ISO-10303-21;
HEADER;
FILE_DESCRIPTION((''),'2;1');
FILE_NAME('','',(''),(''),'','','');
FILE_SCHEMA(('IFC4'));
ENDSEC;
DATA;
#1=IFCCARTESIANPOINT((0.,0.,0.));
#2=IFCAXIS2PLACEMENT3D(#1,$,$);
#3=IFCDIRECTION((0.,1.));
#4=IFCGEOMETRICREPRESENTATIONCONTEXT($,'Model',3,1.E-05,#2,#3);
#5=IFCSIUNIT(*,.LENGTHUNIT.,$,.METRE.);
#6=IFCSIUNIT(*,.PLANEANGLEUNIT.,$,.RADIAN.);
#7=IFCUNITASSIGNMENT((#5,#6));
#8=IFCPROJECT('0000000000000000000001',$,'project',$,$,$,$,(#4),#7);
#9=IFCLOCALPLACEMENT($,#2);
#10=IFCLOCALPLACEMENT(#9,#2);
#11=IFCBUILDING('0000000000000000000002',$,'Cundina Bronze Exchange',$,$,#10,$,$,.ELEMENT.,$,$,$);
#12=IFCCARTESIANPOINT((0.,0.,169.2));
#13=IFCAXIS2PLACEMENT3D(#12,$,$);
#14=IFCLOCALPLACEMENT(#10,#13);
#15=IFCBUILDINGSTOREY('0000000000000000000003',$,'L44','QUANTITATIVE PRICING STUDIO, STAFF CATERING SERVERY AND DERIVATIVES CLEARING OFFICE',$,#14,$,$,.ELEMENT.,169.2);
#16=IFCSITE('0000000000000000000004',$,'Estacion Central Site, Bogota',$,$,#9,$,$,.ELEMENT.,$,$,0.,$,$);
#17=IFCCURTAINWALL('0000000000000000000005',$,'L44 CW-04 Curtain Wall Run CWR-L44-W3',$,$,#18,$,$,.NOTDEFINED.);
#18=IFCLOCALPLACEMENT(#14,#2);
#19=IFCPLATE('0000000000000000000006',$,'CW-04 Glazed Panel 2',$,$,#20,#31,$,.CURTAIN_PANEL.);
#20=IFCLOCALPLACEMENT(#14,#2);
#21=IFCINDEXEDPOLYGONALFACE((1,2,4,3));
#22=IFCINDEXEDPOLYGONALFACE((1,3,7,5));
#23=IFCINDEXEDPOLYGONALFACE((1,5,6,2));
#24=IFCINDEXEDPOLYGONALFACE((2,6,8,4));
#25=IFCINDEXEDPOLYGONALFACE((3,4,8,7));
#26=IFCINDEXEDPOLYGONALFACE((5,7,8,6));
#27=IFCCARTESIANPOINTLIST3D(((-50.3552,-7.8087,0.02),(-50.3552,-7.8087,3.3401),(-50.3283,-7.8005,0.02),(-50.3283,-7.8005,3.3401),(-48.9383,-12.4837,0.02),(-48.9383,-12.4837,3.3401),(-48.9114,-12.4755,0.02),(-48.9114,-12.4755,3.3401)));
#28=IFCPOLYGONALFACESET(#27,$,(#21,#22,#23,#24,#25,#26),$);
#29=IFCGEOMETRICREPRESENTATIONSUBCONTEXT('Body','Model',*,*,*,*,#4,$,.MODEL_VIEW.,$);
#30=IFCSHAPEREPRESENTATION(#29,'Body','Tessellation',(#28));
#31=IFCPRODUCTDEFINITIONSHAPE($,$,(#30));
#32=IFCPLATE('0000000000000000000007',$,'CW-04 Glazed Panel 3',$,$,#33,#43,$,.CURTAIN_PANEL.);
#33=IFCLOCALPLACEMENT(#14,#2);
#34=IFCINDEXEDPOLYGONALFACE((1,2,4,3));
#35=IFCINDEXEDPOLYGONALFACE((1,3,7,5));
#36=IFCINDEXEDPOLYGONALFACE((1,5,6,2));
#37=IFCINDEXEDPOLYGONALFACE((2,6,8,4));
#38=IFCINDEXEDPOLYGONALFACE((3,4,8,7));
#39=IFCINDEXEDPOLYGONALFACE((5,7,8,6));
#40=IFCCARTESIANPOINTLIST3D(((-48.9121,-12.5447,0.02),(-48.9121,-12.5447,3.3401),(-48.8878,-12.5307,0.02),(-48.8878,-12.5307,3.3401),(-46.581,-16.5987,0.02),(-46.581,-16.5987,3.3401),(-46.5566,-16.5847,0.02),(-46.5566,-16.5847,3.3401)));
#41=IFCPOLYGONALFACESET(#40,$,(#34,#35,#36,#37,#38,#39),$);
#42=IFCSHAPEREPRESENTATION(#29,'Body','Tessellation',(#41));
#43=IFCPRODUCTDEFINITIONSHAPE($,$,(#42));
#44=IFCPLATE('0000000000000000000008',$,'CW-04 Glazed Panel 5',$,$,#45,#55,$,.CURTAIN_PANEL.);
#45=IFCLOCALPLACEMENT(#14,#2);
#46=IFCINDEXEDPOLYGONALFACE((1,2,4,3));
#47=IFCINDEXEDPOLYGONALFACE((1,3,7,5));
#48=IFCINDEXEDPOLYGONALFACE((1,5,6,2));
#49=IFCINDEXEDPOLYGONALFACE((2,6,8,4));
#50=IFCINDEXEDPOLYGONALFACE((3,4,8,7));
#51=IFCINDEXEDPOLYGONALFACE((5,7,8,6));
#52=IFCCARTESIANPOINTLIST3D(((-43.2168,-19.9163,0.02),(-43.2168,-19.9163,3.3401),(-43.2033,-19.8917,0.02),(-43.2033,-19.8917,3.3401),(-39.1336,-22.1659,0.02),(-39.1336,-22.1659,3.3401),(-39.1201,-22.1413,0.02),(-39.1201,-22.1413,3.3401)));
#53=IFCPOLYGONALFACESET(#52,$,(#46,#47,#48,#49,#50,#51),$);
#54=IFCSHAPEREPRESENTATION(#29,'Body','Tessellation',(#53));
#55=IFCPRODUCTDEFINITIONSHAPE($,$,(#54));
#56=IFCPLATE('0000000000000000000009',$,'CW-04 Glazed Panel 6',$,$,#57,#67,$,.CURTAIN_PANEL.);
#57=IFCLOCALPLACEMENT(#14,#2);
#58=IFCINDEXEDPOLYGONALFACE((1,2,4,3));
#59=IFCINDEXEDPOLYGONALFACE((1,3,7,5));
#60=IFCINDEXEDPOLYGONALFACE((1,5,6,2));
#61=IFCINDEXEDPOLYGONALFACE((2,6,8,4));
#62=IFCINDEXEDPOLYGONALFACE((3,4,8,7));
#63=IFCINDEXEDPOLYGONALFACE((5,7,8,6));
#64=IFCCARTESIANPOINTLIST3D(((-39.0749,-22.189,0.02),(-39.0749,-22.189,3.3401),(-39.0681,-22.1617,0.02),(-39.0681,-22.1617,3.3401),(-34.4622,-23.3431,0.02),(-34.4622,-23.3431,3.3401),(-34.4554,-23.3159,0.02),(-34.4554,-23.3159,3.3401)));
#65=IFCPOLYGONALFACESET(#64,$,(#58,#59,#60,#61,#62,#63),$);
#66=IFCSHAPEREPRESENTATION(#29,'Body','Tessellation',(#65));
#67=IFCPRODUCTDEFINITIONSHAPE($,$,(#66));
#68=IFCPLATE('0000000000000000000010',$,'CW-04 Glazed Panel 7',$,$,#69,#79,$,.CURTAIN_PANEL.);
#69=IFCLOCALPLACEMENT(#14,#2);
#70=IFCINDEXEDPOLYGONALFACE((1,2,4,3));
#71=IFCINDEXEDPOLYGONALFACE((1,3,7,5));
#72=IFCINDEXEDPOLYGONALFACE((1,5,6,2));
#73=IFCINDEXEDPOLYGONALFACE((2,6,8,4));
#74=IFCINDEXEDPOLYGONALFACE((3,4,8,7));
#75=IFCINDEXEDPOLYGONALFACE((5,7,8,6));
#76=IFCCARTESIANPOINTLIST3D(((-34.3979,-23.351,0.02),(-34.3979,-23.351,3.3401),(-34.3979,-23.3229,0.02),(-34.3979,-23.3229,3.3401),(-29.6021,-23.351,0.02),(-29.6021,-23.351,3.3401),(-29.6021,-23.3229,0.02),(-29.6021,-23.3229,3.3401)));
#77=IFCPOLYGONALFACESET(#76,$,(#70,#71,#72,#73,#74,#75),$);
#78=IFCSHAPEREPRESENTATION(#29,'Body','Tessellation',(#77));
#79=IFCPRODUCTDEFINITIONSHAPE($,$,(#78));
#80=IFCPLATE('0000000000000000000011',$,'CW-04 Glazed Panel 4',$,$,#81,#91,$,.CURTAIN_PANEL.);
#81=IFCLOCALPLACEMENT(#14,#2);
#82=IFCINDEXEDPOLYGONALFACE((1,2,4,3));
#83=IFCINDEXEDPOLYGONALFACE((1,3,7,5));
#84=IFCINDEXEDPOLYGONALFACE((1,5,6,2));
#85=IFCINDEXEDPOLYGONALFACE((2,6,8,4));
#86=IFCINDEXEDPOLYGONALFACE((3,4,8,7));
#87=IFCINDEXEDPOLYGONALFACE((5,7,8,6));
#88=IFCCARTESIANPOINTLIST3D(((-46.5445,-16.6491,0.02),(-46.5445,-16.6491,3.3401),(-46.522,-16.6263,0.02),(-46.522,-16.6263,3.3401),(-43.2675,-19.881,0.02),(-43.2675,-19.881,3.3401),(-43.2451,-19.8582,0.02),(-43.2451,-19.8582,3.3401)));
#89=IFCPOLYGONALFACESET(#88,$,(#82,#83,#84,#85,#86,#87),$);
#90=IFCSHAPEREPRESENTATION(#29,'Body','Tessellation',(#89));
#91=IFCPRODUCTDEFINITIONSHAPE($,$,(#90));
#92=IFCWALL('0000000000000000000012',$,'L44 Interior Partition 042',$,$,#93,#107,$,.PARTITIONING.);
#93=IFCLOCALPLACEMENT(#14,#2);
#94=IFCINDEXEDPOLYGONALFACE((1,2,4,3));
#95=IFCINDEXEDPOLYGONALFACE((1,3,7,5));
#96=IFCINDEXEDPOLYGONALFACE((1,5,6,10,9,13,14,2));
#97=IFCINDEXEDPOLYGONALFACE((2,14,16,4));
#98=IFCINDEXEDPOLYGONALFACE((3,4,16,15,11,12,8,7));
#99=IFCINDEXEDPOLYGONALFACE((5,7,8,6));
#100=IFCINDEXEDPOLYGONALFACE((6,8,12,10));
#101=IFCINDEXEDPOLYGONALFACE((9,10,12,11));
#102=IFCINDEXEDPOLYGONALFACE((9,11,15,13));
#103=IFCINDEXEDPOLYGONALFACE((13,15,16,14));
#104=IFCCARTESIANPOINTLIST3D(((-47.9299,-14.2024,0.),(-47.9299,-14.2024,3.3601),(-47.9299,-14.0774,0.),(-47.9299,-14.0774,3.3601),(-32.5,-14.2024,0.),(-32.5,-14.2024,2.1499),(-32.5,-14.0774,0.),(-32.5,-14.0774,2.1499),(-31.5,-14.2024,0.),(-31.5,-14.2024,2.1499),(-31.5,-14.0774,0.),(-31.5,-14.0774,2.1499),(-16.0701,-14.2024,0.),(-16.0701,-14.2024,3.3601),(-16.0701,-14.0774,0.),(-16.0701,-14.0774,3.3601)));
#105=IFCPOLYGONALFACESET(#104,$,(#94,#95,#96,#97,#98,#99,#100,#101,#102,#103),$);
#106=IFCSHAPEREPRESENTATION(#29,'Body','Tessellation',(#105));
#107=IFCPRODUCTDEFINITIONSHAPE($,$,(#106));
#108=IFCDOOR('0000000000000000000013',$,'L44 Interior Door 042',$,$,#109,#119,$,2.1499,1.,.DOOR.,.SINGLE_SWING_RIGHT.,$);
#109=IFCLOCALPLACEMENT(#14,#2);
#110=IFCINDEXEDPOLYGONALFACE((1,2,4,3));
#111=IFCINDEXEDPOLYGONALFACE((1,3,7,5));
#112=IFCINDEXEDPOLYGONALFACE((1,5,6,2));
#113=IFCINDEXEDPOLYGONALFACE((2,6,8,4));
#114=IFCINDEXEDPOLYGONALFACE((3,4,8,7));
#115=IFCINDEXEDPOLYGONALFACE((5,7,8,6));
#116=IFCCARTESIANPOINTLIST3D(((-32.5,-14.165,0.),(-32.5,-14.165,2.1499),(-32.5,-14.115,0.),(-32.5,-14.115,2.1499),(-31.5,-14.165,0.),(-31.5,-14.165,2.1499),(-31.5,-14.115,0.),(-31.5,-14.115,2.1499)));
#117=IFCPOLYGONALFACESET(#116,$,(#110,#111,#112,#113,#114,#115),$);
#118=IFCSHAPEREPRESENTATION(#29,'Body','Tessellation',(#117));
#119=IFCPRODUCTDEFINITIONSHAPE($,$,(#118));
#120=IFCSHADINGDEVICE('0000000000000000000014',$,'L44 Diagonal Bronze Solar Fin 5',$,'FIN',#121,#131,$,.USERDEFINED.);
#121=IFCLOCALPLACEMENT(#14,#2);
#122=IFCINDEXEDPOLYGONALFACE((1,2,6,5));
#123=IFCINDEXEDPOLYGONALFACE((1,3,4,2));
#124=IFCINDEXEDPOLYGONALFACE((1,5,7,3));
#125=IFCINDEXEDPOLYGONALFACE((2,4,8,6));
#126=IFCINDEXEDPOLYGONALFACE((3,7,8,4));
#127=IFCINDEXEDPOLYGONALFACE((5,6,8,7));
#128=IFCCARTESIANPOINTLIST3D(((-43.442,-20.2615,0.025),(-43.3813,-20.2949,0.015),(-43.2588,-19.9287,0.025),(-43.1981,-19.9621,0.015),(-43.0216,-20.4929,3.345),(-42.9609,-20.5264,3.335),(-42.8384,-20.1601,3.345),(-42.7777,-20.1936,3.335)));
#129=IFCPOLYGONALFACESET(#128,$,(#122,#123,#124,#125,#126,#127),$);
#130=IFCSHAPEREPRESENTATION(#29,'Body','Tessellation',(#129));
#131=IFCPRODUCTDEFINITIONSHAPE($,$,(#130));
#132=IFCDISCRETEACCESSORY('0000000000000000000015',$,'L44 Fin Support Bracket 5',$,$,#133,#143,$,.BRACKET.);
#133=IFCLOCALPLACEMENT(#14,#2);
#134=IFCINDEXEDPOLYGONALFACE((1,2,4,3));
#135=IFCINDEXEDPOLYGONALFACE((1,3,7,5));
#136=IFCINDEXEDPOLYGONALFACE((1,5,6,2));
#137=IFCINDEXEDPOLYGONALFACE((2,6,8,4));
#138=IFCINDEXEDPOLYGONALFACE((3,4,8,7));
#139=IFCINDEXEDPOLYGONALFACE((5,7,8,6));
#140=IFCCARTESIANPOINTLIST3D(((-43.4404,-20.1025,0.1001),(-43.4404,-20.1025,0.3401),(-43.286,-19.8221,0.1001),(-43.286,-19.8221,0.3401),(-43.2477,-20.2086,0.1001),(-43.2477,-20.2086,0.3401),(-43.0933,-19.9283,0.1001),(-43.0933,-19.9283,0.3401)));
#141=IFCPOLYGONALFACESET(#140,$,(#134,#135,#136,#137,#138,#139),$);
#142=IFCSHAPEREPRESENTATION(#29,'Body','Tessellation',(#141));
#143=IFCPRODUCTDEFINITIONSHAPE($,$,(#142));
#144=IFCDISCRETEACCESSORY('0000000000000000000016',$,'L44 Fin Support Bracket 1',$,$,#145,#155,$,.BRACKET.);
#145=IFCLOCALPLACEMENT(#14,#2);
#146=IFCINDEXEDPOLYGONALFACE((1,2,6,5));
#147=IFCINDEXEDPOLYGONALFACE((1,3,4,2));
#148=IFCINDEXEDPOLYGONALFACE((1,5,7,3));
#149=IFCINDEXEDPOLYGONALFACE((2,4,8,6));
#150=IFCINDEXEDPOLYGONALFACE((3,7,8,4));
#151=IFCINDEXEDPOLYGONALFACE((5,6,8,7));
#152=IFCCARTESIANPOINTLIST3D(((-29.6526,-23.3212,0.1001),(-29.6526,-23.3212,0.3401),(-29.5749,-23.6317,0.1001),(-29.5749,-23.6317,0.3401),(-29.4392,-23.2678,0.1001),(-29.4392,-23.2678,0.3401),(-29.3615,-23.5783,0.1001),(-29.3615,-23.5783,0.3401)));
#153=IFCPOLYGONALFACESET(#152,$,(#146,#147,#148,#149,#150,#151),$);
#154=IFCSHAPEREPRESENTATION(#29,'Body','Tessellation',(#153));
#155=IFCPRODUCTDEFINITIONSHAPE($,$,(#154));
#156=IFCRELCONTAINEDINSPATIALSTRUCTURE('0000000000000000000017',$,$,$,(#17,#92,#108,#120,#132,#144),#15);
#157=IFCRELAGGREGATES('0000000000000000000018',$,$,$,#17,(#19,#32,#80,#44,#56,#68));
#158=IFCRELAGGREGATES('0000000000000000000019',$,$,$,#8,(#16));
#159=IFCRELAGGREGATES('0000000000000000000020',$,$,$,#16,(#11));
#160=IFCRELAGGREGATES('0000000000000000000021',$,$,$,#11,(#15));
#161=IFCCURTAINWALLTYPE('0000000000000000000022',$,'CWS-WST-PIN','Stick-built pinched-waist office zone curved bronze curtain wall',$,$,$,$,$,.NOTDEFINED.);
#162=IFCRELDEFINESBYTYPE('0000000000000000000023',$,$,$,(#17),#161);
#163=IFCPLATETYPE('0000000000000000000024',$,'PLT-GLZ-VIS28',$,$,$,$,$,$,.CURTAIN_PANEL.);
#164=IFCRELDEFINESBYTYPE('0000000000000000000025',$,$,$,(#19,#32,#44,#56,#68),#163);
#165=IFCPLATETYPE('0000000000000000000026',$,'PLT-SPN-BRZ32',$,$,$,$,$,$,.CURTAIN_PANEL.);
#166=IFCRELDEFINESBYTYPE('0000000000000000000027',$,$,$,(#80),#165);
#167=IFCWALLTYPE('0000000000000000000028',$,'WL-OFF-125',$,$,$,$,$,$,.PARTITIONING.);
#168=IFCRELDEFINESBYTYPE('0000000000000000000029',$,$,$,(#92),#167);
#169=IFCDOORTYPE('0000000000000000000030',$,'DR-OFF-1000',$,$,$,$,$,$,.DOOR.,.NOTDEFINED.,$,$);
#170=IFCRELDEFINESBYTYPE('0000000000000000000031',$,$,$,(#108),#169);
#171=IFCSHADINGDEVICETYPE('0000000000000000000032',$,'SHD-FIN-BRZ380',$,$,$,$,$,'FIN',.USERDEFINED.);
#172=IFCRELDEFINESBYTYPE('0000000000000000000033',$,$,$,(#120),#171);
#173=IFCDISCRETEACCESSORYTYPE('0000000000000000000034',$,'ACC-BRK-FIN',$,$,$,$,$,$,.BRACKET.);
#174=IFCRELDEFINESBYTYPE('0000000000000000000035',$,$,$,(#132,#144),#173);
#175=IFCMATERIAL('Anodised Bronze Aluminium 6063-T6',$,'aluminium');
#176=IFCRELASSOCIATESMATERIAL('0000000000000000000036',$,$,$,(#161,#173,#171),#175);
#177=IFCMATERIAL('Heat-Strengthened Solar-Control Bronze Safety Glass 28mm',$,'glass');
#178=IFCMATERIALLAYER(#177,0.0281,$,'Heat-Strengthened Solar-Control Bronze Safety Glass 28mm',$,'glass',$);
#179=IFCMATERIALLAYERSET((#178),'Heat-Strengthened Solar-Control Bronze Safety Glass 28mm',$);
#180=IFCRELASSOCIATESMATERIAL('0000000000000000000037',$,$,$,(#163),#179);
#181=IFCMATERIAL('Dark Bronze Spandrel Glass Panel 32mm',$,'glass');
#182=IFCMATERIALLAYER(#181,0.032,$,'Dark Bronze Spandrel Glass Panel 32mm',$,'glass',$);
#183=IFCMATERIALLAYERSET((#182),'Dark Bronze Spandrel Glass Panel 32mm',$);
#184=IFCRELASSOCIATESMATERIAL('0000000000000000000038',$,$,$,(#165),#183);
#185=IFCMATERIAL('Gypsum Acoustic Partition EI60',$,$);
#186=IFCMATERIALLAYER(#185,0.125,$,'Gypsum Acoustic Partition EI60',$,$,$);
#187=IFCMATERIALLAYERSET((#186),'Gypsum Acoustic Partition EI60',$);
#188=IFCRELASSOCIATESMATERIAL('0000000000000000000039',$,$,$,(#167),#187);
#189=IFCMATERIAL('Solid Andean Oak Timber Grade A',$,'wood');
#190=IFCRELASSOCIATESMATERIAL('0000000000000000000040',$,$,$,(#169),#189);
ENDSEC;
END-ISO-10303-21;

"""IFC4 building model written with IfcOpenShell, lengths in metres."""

from ifc_helpers import new_model, si_unit, direction, frame, frame_2d, origin, origin_2d, place, context, subcontext, project, spatial, rectangle, extrude, material, layer, layer_set, material_profile, profile_set, type_object, element, fill, aggregate, save


model = new_model("IFC4")

# Units and contexts
model_context = context("Model", 3, precision=1e-05, world=origin(), true_north=direction((0.0, 1.0)))
body_context = subcontext(model_context, "Body", "Model", "MODEL_VIEW")
ifc_project = project(units=[si_unit("LENGTHUNIT", "METRE"), si_unit("PLANEANGLEUNIT", "RADIAN")], contexts=[model_context])

# Site, building, storey
site_placement = place(None, origin())
site = spatial("IfcSite", under=ifc_project, at=site_placement, Name="Estacion Central Site, Bogota", CompositionType="ELEMENT", RefElevation=0.0)
building_placement = place(site_placement, origin())
building = spatial("IfcBuilding", under=site, at=building_placement, Name="Cundina Bronze Exchange", CompositionType="ELEMENT")
storey_placement = place(building_placement, frame((0.0, 0.0, 169.2)))
storey = spatial("IfcBuildingStorey", under=building, at=storey_placement, Name="L44", Description="QUANTITATIVE PRICING STUDIO, STAFF CATERING SERVERY AND DERIVATIVES CLEARING OFFICE", CompositionType="ELEMENT", Elevation=169.2)

# Curtain wall
ifc_material_1 = material(Name="Anodised Bronze Aluminium 6063-T6", Category="aluminium")
curtain_wall_type = type_object("IfcCurtainWallType", Name="CWS-WST-PIN", Description="Stick-built pinched-waist office zone curved bronze curtain wall", PredefinedType="NOTDEFINED", material=ifc_material_1)
curtain_wall_1_placement = place(storey_placement, origin())
curtain_wall_1 = element("IfcCurtainWall", 1, at=curtain_wall_1_placement, inside=storey, type_object=curtain_wall_type, Name="L44 CW-04 Curtain Wall Run CWR-L44-W3", PredefinedType="NOTDEFINED")

# Plates
ifc_material_2 = material(Name="Heat-Strengthened Solar-Control Bronze Safety Glass 28mm", Category="glass")
ifc_layer_1 = layer(ifc_material_2, 0.0281, Name="Heat-Strengthened Solar-Control Bronze Safety Glass 28mm", Category="glass")
ifc_layer_set_1 = layer_set([ifc_layer_1], Name="Heat-Strengthened Solar-Control Bronze Safety Glass 28mm")
plate_type_1 = type_object("IfcPlateType", Name="PLT-GLZ-VIS28", PredefinedType="CURTAIN_PANEL", material=ifc_layer_set_1)
plate_1_placement = place(storey_placement, frame((-49.6333, -10.1421, 0.02), z_axis=(0.0, 0.0, 1.0), x_axis=(0.290051, -0.957011, 0.0)))
plate_1 = element("IfcPlate", 2, at=plate_1_placement, type_object=plate_type_1, Name="CW-04 Glazed Panel 2", PredefinedType="CURTAIN_PANEL", context=body_context, shape_type="SweptSolid", body=[
    extrude(rectangle(XDim=4.885, YDim=0.0281, at=origin_2d()), origin(), (0.0, 0.0, 1.0), 3.3201),
])
plate_2_placement = place(storey_placement, frame((-47.7344, -14.5647, 0.02), z_axis=(0.0, 0.0, 1.0), x_axis=(0.498488, -0.866897, 0.0)))
plate_2 = element("IfcPlate", 3, at=plate_2_placement, type_object=plate_type_1, Name="CW-04 Glazed Panel 3", PredefinedType="CURTAIN_PANEL", context=body_context, shape_type="SweptSolid", body=[
    extrude(rectangle(XDim=4.6765, YDim=0.0281, at=origin_2d()), origin(), (0.0, 0.0, 1.0), 3.3201),
])
plate_3_placement = place(storey_placement, frame((-41.1685, -21.0288, 0.02), z_axis=(0.0, 0.0, 1.0), x_axis=(0.875869, -0.482549, 0.0)))
plate_3 = element("IfcPlate", 4, at=plate_3_placement, type_object=plate_type_1, Name="CW-04 Glazed Panel 5", PredefinedType="CURTAIN_PANEL", context=body_context, shape_type="SweptSolid", body=[
    extrude(rectangle(XDim=4.6619, YDim=0.0281, at=origin_2d()), origin(), (0.0, 0.0, 1.0), 3.3201),
])
plate_4_placement = place(storey_placement, frame((-36.7651, -22.7524, 0.02), z_axis=(0.0, 0.0, 1.0), x_axis=(0.970093, -0.242735, 0.0)))
plate_4 = element("IfcPlate", 5, at=plate_4_placement, type_object=plate_type_1, Name="CW-04 Glazed Panel 6", PredefinedType="CURTAIN_PANEL", context=body_context, shape_type="SweptSolid", body=[
    extrude(rectangle(XDim=4.7549, YDim=0.0281, at=origin_2d()), origin(), (0.0, 0.0, 1.0), 3.3201),
])
plate_5_placement = place(storey_placement, frame((-32.0, -23.3369, 0.02), z_axis=(0.0, 0.0, 1.0), x_axis=(1.0, 0.0, 0.0)))
plate_5 = element("IfcPlate", 6, at=plate_5_placement, type_object=plate_type_1, Name="CW-04 Glazed Panel 7", PredefinedType="CURTAIN_PANEL", context=body_context, shape_type="SweptSolid", body=[
    extrude(rectangle(XDim=4.7959, YDim=0.0281, at=origin_2d()), origin(), (0.0, 0.0, 1.0), 3.3201),
])
ifc_material_3 = material(Name="Dark Bronze Spandrel Glass Panel 32mm", Category="glass")
ifc_layer_2 = layer(ifc_material_3, 0.032, Name="Dark Bronze Spandrel Glass Panel 32mm", Category="glass")
ifc_layer_set_2 = layer_set([ifc_layer_2], Name="Dark Bronze Spandrel Glass Panel 32mm")
plate_type_2 = type_object("IfcPlateType", Name="PLT-SPN-BRZ32", PredefinedType="CURTAIN_PANEL", material=ifc_layer_set_2)
plate_6_placement = place(storey_placement, frame((-44.8948, -18.2537, 0.02), z_axis=(0.0, 0.0, 1.0), x_axis=(0.711989, -0.70219, 0.0)))
plate_6 = element("IfcPlate", 7, at=plate_6_placement, type_object=plate_type_2, Name="CW-04 Glazed Panel 4", PredefinedType="CURTAIN_PANEL", context=body_context, shape_type="SweptSolid", body=[
    extrude(rectangle(XDim=4.6025, YDim=0.032, at=origin_2d()), origin(), (0.0, 0.0, 1.0), 3.3201),
])
aggregate(curtain_wall_1, [plate_1, plate_2, plate_6, plate_3, plate_4, plate_5])

# Wall, opening, door
ifc_material_4 = material(Name="Gypsum Acoustic Partition EI60")
ifc_layer_3 = layer(ifc_material_4, 0.125, Name="Gypsum Acoustic Partition EI60")
ifc_layer_set_3 = layer_set([ifc_layer_3], Name="Gypsum Acoustic Partition EI60")
wall_type = type_object("IfcWallType", Name="WL-OFF-125", PredefinedType="PARTITIONING", material=ifc_layer_set_3)
wall_placement = place(storey_placement, frame((-47.9299, -14.1399, 0.0), z_axis=(0.0, 0.0, 1.0), x_axis=(1.0, 0.0, 0.0)))
wall = element("IfcWall", 8, at=wall_placement, inside=storey, type_object=wall_type, Name="L44 Interior Partition 042", PredefinedType="PARTITIONING", context=body_context, shape_type="SweptSolid", body=[
    extrude(rectangle(XDim=31.8599, YDim=0.125, at=frame_2d((15.9299, 0.0))), origin(), (0.0, 0.0, 1.0), 3.3601),
])
opening_placement = place(wall_placement, frame((15.4299, 0.0, 0.0)))
opening = element("IfcOpeningElement", 9, at=opening_placement, cuts=wall, PredefinedType="OPENING", context=body_context, shape_type="SweptSolid", body=[
    extrude(rectangle(XDim=1.0, YDim=2.1499, at=frame_2d((0.5, 1.075))), frame((0.0, 0.0725, 0.0), z_axis=(0.0, -1.0, 0.0), x_axis=(1.0, 0.0, 0.0)), (0.0, 0.0, 1.0), 0.145),
])
ifc_material_5 = material(Name="Solid Andean Oak Timber Grade A", Category="wood")
door_type = type_object("IfcDoorType", Name="DR-OFF-1000", OperationType="NOTDEFINED", PredefinedType="DOOR", material=ifc_material_5)
door_placement = place(opening_placement, origin())
door = element("IfcDoor", 10, at=door_placement, inside=storey, type_object=door_type, Name="L44 Interior Door 042", OperationType="SINGLE_SWING_RIGHT", OverallHeight=2.1499, OverallWidth=1.0, PredefinedType="DOOR", context=body_context, shape_type="SweptSolid", body=[
    extrude(rectangle(XDim=1.0, YDim=2.1499, at=frame_2d((0.5, 1.075))), frame((0.0, 0.0249, 0.0), z_axis=(0.0, -1.0, 0.0), x_axis=(1.0, 0.0, 0.0)), (0.0, 0.0, 1.0), 0.05),
])
fill(opening, door)

# Shading device
ifc_material_profile_1 = material_profile(ifc_material_1, rectangle(XDim=0.0701, YDim=0.3799, at=origin_2d()), Name="FIN70X380", Category="aluminium")
ifc_profile_set_1 = profile_set([ifc_material_profile_1], Name="Anodised Bronze Aluminium 6063-T6")
shading_device_type = type_object("IfcShadingDeviceType", Name="SHD-FIN-BRZ380", ElementType="FIN", PredefinedType="USERDEFINED", material=ifc_profile_set_1)
shading_device_placement = place(storey_placement, frame((-43.3201, -20.1118, 0.02), z_axis=(0.125324, -0.068994, 0.989714), x_axis=(-0.867012, 0.47731, 0.143061)))
element("IfcShadingDevice", 11, at=shading_device_placement, inside=storey, type_object=shading_device_type, Name="L44 Diagonal Bronze Solar Fin 5", ObjectType="FIN", PredefinedType="USERDEFINED", context=body_context, shape_type="SweptSolid", body=[
    extrude(rectangle(XDim=0.0701, YDim=0.3799, at=origin_2d()), origin(), (0.0, 0.0, 1.0), 3.3545),
])

# Discrete accessories
discrete_accessory_type = type_object("IfcDiscreteAccessoryType", Name="ACC-BRK-FIN", PredefinedType="BRACKET", material=ifc_material_1)
for number, where, z_axis, x_axis, name in (
    (12, (-43.2668, -20.0154, 0.1001), (0.0, 0.0, 1.0), (0.875869, -0.482549, 0.0), "L44 Fin Support Bracket 5"),
    (13, (-29.5071, -23.4497, 0.1001), (0.0, 0.0, 1.0), (0.970093, 0.242735, 0.0), "L44 Fin Support Bracket 1"),
):
    element("IfcDiscreteAccessory", number, at=place(storey_placement, frame(where, z_axis=z_axis, x_axis=x_axis)), inside=storey, type_object=discrete_accessory_type, Name=name, PredefinedType="BRACKET", context=body_context, shape_type="SweptSolid", body=[
        extrude(rectangle(XDim=0.22, YDim=0.3201, at=origin_2d()), origin(), (0.0, 0.0, 1.0), 0.24),
    ])

save(model, "model.ifc")
